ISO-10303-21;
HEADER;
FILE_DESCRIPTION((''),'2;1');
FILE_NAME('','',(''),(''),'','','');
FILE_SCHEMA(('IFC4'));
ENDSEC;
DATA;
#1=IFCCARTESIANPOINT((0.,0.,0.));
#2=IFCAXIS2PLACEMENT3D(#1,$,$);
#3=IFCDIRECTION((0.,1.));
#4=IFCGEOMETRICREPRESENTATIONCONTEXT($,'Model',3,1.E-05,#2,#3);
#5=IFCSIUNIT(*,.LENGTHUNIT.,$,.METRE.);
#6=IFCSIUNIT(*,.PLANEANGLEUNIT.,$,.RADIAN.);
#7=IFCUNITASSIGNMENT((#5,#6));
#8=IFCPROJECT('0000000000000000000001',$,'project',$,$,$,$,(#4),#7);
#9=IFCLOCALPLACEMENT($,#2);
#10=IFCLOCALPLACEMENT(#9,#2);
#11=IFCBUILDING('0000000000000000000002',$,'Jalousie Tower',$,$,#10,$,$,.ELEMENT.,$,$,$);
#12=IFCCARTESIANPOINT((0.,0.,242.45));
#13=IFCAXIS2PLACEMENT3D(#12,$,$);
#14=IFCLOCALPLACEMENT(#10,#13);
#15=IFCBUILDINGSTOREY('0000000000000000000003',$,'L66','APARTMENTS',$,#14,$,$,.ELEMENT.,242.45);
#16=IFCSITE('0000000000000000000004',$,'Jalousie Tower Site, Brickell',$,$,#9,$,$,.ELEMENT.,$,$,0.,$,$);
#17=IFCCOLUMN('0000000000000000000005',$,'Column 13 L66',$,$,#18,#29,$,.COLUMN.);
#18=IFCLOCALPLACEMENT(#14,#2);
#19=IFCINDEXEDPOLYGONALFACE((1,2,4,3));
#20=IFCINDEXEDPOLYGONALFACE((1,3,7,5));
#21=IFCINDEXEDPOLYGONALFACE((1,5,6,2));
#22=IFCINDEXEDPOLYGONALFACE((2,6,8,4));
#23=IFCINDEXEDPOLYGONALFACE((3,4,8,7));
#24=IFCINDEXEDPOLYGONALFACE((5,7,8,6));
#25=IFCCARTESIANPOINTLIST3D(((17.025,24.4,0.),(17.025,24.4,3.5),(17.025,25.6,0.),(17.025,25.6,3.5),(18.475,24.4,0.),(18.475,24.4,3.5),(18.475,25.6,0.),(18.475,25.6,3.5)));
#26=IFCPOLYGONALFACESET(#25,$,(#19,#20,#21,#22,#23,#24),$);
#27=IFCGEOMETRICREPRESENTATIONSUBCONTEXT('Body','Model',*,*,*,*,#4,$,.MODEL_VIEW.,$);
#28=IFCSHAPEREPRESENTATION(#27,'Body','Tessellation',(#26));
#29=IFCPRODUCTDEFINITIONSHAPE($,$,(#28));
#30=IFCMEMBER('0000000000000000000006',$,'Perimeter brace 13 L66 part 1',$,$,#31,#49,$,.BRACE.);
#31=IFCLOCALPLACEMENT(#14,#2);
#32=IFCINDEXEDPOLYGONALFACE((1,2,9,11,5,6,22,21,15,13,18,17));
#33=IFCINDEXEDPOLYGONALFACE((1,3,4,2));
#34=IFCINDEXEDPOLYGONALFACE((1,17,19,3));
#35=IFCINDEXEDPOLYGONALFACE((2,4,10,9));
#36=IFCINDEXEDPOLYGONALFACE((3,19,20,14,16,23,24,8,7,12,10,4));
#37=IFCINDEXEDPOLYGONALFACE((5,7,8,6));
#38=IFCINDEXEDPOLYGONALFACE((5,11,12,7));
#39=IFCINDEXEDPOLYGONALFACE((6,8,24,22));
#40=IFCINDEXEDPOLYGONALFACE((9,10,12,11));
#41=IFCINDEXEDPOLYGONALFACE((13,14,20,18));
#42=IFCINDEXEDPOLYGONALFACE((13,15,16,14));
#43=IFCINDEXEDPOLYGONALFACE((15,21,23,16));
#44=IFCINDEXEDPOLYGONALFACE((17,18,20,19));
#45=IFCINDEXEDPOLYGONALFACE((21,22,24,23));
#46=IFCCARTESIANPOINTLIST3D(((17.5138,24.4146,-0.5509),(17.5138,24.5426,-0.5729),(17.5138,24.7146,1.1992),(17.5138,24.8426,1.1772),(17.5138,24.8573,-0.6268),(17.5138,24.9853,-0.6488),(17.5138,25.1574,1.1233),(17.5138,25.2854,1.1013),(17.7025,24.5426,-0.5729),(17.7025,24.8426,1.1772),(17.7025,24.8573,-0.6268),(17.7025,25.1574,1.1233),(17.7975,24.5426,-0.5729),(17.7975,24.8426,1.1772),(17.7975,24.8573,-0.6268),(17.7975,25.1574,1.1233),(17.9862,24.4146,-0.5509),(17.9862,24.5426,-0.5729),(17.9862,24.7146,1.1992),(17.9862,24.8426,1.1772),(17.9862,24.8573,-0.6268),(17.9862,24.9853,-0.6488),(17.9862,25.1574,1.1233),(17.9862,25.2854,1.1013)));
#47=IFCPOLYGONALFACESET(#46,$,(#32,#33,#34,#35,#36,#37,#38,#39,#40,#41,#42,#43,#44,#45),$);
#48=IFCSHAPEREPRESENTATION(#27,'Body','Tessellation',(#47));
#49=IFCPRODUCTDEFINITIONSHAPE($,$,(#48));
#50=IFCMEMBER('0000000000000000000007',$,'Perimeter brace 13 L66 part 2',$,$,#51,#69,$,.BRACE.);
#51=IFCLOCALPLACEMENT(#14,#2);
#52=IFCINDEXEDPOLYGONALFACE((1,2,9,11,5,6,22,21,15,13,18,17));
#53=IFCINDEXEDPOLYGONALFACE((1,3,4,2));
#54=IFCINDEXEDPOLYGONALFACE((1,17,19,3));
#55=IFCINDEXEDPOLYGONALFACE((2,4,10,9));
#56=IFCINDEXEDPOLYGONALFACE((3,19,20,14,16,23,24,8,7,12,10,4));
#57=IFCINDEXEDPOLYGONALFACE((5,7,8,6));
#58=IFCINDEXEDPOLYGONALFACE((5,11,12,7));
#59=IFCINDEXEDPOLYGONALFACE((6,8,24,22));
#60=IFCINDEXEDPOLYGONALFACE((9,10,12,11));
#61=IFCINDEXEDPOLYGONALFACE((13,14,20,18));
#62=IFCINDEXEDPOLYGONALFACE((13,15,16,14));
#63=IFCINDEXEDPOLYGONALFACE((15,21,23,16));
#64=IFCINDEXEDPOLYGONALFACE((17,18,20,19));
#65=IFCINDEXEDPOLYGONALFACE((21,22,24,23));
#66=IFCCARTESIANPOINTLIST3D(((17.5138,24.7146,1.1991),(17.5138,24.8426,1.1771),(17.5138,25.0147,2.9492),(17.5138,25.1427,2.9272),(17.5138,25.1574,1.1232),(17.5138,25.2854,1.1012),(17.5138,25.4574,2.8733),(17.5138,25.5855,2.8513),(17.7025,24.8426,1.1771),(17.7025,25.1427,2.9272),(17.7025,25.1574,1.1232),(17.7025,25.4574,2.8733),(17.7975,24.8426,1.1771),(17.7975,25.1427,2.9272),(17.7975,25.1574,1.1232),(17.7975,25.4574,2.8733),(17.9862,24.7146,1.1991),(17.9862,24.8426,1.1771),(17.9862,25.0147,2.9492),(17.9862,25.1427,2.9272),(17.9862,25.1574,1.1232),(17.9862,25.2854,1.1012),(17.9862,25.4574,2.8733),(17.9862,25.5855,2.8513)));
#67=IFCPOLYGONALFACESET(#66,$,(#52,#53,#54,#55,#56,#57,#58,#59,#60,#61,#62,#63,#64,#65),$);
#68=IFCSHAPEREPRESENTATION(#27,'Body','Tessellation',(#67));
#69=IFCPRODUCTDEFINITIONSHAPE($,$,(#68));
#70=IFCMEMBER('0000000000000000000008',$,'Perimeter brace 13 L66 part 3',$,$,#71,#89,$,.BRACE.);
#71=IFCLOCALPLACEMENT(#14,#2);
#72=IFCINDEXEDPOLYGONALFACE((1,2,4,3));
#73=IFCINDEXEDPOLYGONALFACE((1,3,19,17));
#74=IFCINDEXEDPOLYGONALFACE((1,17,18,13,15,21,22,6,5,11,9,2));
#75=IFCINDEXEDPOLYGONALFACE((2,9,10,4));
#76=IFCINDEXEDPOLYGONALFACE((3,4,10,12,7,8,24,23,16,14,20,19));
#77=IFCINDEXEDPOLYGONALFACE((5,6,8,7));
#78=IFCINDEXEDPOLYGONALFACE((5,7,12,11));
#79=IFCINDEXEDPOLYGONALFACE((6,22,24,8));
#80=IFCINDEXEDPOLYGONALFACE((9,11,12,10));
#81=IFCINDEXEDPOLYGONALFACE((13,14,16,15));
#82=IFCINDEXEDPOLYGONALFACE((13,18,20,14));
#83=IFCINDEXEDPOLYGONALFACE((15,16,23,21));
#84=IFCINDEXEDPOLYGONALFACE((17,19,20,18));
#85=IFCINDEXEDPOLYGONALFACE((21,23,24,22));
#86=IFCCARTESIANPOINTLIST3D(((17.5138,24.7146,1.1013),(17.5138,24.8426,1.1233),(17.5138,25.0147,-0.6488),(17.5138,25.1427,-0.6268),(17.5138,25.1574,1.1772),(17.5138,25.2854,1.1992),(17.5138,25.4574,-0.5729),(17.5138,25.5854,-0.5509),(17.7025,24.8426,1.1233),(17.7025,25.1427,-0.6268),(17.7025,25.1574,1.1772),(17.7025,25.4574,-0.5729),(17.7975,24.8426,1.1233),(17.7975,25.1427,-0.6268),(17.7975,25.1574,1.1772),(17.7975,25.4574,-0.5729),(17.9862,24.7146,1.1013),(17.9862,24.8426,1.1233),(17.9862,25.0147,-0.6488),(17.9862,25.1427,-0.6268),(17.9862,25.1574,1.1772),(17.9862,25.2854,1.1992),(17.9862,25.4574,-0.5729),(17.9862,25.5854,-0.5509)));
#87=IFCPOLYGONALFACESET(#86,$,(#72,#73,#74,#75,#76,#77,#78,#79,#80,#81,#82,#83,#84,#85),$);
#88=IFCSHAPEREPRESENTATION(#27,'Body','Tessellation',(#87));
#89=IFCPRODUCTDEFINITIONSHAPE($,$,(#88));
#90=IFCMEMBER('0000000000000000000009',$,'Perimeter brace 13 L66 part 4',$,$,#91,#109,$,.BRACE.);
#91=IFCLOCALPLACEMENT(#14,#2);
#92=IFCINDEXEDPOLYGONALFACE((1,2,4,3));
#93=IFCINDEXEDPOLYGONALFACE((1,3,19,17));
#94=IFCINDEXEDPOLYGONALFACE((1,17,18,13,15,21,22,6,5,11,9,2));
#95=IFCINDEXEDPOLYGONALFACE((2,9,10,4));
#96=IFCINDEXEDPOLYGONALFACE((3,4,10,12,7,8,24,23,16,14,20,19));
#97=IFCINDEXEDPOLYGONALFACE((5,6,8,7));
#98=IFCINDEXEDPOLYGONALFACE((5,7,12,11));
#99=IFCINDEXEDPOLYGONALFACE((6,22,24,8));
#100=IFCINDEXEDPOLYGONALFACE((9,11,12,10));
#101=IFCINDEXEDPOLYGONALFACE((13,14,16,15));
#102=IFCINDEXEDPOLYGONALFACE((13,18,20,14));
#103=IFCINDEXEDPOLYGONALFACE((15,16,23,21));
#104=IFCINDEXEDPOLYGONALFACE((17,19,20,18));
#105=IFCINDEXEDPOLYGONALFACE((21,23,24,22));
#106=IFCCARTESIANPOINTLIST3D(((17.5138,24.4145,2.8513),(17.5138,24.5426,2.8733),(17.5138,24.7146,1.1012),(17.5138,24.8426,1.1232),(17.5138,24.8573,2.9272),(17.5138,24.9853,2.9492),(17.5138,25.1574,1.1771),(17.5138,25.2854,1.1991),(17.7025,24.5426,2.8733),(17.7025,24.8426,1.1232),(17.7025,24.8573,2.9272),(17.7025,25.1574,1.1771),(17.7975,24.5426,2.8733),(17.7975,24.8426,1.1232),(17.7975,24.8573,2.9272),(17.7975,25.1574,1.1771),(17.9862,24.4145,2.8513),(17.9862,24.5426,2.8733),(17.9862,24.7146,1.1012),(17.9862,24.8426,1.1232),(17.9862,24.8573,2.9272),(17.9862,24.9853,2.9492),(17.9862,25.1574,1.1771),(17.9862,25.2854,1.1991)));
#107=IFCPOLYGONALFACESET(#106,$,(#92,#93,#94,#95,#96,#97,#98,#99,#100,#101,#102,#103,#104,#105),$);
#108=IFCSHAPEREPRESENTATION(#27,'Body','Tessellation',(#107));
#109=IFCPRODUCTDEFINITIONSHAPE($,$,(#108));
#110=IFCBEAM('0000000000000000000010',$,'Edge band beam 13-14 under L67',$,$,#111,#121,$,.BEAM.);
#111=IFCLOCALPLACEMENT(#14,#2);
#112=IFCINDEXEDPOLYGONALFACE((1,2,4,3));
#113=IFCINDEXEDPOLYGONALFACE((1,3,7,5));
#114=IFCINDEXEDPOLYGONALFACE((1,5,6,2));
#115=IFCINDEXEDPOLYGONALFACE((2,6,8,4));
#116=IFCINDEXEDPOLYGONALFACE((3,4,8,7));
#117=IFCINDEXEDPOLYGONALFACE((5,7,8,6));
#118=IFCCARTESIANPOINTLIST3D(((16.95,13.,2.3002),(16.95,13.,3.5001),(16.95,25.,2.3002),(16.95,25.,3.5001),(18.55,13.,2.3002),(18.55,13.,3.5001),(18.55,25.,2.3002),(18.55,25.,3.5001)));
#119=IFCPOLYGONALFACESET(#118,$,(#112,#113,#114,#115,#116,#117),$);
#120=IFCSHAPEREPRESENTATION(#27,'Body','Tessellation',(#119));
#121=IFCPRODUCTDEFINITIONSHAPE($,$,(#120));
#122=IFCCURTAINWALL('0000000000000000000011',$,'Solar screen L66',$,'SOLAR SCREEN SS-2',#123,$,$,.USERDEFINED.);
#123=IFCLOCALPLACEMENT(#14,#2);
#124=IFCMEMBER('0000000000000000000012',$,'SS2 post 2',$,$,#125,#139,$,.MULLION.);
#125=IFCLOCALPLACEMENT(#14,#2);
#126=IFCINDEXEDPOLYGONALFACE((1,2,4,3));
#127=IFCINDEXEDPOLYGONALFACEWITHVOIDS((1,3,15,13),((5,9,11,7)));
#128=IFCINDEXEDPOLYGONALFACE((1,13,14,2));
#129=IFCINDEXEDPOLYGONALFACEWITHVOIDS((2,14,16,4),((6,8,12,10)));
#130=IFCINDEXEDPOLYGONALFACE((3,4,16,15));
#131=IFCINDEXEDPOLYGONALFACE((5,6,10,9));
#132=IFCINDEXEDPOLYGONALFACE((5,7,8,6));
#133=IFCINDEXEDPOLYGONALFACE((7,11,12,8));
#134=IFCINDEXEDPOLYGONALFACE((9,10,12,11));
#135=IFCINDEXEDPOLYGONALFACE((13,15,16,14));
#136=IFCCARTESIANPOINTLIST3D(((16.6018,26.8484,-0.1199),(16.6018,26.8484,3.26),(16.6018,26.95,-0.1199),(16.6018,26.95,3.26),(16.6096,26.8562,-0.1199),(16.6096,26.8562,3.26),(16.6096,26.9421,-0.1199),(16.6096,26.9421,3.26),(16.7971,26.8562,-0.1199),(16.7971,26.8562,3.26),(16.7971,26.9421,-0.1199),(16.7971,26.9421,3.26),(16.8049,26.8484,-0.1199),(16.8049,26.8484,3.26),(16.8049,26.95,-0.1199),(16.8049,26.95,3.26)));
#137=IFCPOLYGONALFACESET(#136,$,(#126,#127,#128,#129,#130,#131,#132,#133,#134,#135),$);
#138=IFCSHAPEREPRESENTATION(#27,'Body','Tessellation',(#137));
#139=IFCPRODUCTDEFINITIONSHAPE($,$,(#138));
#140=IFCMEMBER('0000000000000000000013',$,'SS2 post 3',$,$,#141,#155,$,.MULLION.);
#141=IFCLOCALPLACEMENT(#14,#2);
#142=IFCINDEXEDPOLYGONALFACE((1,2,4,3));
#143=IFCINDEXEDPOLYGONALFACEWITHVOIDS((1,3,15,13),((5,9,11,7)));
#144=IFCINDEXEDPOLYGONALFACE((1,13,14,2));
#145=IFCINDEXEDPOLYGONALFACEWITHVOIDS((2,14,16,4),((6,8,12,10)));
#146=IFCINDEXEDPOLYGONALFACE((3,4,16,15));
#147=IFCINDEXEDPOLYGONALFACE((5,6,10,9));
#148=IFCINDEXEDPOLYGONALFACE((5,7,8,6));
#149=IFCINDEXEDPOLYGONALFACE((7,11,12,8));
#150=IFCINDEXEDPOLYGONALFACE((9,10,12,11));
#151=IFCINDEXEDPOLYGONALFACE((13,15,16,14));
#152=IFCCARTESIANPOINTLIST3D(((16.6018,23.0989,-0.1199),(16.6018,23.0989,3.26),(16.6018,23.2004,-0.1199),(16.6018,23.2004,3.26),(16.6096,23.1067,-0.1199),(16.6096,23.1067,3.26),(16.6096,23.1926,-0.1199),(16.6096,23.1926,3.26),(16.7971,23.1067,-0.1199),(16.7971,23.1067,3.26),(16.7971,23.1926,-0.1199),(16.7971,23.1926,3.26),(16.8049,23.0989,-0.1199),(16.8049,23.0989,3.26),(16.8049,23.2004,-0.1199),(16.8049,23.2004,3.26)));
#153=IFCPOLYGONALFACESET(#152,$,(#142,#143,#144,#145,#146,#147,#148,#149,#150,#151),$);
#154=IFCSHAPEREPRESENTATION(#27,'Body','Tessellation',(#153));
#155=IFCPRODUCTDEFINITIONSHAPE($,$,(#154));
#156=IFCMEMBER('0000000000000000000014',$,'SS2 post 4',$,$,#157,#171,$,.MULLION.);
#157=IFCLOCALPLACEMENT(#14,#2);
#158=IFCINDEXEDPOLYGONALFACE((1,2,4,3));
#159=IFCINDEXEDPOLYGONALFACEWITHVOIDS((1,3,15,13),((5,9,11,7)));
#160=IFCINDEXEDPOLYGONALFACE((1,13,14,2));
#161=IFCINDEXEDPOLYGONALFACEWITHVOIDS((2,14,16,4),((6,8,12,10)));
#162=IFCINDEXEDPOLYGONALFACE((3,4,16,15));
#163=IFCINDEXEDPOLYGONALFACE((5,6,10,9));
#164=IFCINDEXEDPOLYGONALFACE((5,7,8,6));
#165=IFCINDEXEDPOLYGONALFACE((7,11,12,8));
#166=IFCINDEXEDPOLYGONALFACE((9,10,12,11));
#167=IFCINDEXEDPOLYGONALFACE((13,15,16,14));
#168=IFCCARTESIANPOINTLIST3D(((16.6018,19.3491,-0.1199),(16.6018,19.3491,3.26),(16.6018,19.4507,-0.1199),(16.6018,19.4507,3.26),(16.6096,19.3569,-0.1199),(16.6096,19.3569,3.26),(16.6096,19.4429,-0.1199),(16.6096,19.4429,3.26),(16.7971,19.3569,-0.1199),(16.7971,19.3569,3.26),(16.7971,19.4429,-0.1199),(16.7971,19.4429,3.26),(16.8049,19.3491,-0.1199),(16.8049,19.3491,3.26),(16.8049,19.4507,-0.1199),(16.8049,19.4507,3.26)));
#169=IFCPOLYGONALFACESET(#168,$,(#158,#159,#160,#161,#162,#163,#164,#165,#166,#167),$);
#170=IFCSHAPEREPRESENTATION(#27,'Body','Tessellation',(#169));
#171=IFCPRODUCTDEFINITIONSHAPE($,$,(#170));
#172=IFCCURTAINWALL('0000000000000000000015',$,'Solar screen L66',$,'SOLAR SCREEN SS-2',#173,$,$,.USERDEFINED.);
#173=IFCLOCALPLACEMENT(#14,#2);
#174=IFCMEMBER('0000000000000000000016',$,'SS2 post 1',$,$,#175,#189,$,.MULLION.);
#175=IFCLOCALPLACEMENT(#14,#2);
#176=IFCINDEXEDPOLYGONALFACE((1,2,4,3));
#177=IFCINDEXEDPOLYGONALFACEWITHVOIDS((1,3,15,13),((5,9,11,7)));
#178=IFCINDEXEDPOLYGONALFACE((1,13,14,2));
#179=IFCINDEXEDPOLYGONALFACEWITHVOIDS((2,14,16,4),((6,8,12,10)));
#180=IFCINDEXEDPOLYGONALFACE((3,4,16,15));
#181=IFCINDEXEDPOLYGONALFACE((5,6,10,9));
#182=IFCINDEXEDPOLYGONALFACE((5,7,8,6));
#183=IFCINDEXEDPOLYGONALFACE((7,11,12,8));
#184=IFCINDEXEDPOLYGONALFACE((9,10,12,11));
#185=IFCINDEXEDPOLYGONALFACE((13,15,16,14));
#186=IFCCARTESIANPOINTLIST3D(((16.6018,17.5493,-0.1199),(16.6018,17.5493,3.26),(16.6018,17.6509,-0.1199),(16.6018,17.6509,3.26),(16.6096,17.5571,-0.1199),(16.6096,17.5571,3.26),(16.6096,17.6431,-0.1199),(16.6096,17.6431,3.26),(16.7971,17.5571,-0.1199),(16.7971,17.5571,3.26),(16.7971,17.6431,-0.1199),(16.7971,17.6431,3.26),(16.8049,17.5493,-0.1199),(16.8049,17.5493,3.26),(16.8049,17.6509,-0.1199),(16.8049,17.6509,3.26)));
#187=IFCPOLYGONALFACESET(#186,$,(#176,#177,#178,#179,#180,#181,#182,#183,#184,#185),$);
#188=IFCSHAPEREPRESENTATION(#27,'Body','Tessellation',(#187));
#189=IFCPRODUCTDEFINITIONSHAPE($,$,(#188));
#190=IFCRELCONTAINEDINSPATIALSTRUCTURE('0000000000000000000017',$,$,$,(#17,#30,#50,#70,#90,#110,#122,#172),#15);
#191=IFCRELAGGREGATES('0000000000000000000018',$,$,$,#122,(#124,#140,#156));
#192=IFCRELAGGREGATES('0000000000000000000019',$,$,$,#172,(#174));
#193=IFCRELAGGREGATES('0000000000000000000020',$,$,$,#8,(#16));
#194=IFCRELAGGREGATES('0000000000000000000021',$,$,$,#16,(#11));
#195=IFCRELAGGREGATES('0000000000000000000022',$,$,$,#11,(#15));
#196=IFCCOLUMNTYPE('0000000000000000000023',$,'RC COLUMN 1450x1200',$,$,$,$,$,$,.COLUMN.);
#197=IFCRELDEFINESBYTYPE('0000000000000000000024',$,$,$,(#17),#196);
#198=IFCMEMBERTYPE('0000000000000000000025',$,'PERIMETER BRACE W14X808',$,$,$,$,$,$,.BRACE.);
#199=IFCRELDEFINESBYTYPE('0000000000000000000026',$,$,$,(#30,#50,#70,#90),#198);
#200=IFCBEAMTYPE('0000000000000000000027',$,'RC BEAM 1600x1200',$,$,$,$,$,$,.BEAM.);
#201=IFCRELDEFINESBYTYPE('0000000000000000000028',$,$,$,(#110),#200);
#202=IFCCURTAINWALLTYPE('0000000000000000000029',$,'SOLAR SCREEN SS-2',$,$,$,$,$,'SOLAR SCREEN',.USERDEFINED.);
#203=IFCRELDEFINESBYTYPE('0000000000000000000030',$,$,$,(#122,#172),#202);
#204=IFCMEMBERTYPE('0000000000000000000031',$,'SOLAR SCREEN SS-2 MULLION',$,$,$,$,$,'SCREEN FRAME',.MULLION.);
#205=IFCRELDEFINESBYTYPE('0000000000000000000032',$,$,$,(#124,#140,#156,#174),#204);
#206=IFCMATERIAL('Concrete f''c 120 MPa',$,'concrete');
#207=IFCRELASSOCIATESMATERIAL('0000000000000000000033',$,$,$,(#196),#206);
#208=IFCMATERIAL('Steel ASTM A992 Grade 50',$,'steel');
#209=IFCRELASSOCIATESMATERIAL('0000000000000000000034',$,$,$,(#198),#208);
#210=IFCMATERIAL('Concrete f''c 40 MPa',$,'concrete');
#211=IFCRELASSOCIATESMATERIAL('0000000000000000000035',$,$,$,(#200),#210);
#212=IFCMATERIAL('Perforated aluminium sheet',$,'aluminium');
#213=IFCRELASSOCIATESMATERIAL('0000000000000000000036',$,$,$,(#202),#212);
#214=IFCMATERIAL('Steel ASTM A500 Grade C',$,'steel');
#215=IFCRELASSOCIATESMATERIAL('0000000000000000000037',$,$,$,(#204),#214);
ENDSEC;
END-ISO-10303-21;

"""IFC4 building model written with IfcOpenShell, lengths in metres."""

from ifc_helpers import new_model, si_unit, direction, frame, origin, origin_2d, place, context, subcontext, project, spatial, rectangle, hollow_rectangle, i_section, extrude, material, material_profile, profile_set, type_object, element, aggregate, save


model = new_model("IFC4")

# Units and contexts
model_context = context("Model", 3, precision=1e-05, world=origin(), true_north=direction((0.0, 1.0)))
body_context = subcontext(model_context, "Body", "Model", "MODEL_VIEW")
ifc_project = project(units=[si_unit("LENGTHUNIT", "METRE"), si_unit("PLANEANGLEUNIT", "RADIAN")], contexts=[model_context])

# Site, building, storey
site_placement = place(None, origin())
site = spatial("IfcSite", under=ifc_project, at=site_placement, Name="Jalousie Tower Site, Brickell", CompositionType="ELEMENT", RefElevation=0.0)
building_placement = place(site_placement, origin())
building = spatial("IfcBuilding", under=site, at=building_placement, Name="Jalousie Tower", CompositionType="ELEMENT")
storey_placement = place(building_placement, frame((0.0, 0.0, 242.45)))
storey = spatial("IfcBuildingStorey", under=building, at=storey_placement, Name="L66", Description="APARTMENTS", CompositionType="ELEMENT", Elevation=242.45)

# Column
ifc_material_1 = material(Name="Concrete f'c 120 MPa", Category="concrete")
ifc_material_profile_1 = material_profile(ifc_material_1, rectangle(XDim=1.45, YDim=1.2, at=origin_2d()), Name="RC 1450x1200")
ifc_profile_set_1 = profile_set([ifc_material_profile_1], Name="Concrete f'c 120 MPa")
column_type = type_object("IfcColumnType", Name="RC COLUMN 1450x1200", PredefinedType="COLUMN", material=ifc_profile_set_1)
column_placement = place(storey_placement, frame((17.75, 25.0, 0.0), z_axis=(0.0, 0.0, 1.0), x_axis=(1.0, 0.0, 0.0)))
element("IfcColumn", 1, at=column_placement, inside=storey, type_object=column_type, Name="Column 13 L66", PredefinedType="COLUMN", context=body_context, shape_type="SweptSolid", body=[
    extrude(rectangle(XDim=1.45, YDim=1.2, at=origin_2d()), origin(), (0.0, 0.0, 1.0), 3.5),
])

# Members
ifc_material_2 = material(Name="Steel ASTM A992 Grade 50", Category="steel")
ifc_material_profile_2 = material_profile(ifc_material_2, i_section(OverallWidth=0.4724, OverallDepth=0.5791, WebThickness=0.095, FlangeThickness=0.1299, at=origin_2d()), Name="W14X808")
ifc_profile_set_2 = profile_set([ifc_material_profile_2], Name="Steel ASTM A992 Grade 50")
member_type_1 = type_object("IfcMemberType", Name="PERIMETER BRACE W14X808", PredefinedType="BRACE", material=ifc_profile_set_2)
for number, where, z_axis, x_axis, name in (
    (2, (17.75, 24.7, -0.5999), (0.0, 0.168991, 0.985618), (-1.0, 0.0, 0.0), "Perimeter brace 13 L66 part 1"),
    (3, (17.75, 25.0, 1.1501), (0.0, 0.168991, 0.985618), (-1.0, 0.0, 0.0), "Perimeter brace 13 L66 part 2"),
    (4, (17.75, 25.3, -0.5999), (0.0, -0.168991, 0.985618), (1.0, 0.0, 0.0), "Perimeter brace 13 L66 part 3"),
    (5, (17.75, 25.0, 1.1501), (0.0, -0.168991, 0.985618), (1.0, 0.0, 0.0), "Perimeter brace 13 L66 part 4"),
):
    element("IfcMember", number, at=place(storey_placement, frame(where, z_axis=z_axis, x_axis=x_axis)), inside=storey, type_object=member_type_1, Name=name, PredefinedType="BRACE", context=body_context, shape_type="SweptSolid", body=[
        extrude(i_section(OverallWidth=0.4724, OverallDepth=0.5791, WebThickness=0.095, FlangeThickness=0.1299, at=origin_2d()), origin(), (0.0, 0.0, 1.0), 1.7756),
    ])

# Beam
ifc_material_3 = material(Name="Concrete f'c 40 MPa", Category="concrete")
ifc_material_profile_3 = material_profile(ifc_material_3, rectangle(XDim=1.6001, YDim=1.2, at=origin_2d()), Name="RC 1600x1200")
ifc_profile_set_3 = profile_set([ifc_material_profile_3], Name="Concrete f'c 40 MPa")
beam_type = type_object("IfcBeamType", Name="RC BEAM 1600x1200", PredefinedType="BEAM", material=ifc_profile_set_3)
beam_placement = place(storey_placement, frame((17.75, 25.0, 2.9001), z_axis=(0.0, -1.0, 0.0), x_axis=(1.0, 0.0, 0.0)))
element("IfcBeam", 6, at=beam_placement, inside=storey, type_object=beam_type, Name="Edge band beam 13-14 under L67", PredefinedType="BEAM", context=body_context, shape_type="SweptSolid", body=[
    extrude(rectangle(XDim=1.6001, YDim=1.2, at=origin_2d()), origin(), (0.0, 0.0, 1.0), 12.0),
])

# Curtain walls, members
ifc_material_4 = material(Name="Perforated aluminium sheet", Category="aluminium")
curtain_wall_type = type_object("IfcCurtainWallType", Name="SOLAR SCREEN SS-2", ElementType="SOLAR SCREEN", PredefinedType="USERDEFINED", material=ifc_material_4)
curtain_wall_1_placement = place(storey_placement, origin())
curtain_wall_1 = element("IfcCurtainWall", 7, at=curtain_wall_1_placement, inside=storey, type_object=curtain_wall_type, Name="Solar screen L66", ObjectType="SOLAR SCREEN SS-2", PredefinedType="USERDEFINED")
ifc_material_5 = material(Name="Steel ASTM A500 Grade C", Category="steel")
ifc_material_profile_4 = material_profile(ifc_material_5, hollow_rectangle(XDim=0.1016, YDim=0.2031, WallThickness=0.0078, at=origin_2d()), Name="HSS8X4X5/16")
ifc_profile_set_4 = profile_set([ifc_material_profile_4], Name="Steel ASTM A500 Grade C")
member_type_2 = type_object("IfcMemberType", Name="SOLAR SCREEN SS-2 MULLION", ElementType="SCREEN FRAME", PredefinedType="MULLION", material=ifc_profile_set_4)
member_1_placement = place(storey_placement, frame((16.7034, 26.8992, -0.1199), z_axis=(0.0, 0.0, 1.0), x_axis=(0.0, -1.0, 0.0)))
member_1 = element("IfcMember", 8, at=member_1_placement, type_object=member_type_2, Name="SS2 post 2", PredefinedType="MULLION", context=body_context, shape_type="SweptSolid", body=[
    extrude(hollow_rectangle(XDim=0.1016, YDim=0.2031, WallThickness=0.0078, at=origin_2d()), origin(), (0.0, 0.0, 1.0), 3.3799),
])
member_2_placement = place(storey_placement, frame((16.7034, 23.1497, -0.1199), z_axis=(0.0, 0.0, 1.0), x_axis=(0.0, -1.0, 0.0)))
member_2 = element("IfcMember", 9, at=member_2_placement, type_object=member_type_2, Name="SS2 post 3", PredefinedType="MULLION", context=body_context, shape_type="SweptSolid", body=[
    extrude(hollow_rectangle(XDim=0.1016, YDim=0.2031, WallThickness=0.0078, at=origin_2d()), origin(), (0.0, 0.0, 1.0), 3.3799),
])
member_3_placement = place(storey_placement, frame((16.7034, 19.3999, -0.1199), z_axis=(0.0, 0.0, 1.0), x_axis=(0.0, -1.0, 0.0)))
member_3 = element("IfcMember", 10, at=member_3_placement, type_object=member_type_2, Name="SS2 post 4", PredefinedType="MULLION", context=body_context, shape_type="SweptSolid", body=[
    extrude(hollow_rectangle(XDim=0.1016, YDim=0.2031, WallThickness=0.0078, at=origin_2d()), origin(), (0.0, 0.0, 1.0), 3.3799),
])
curtain_wall_2_placement = place(storey_placement, origin())
curtain_wall_2 = element("IfcCurtainWall", 11, at=curtain_wall_2_placement, inside=storey, type_object=curtain_wall_type, Name="Solar screen L66", ObjectType="SOLAR SCREEN SS-2", PredefinedType="USERDEFINED")
member_4_placement = place(storey_placement, frame((16.7034, 17.6001, -0.1199), z_axis=(0.0, 0.0, 1.0), x_axis=(0.0, -1.0, 0.0)))
member_4 = element("IfcMember", 12, at=member_4_placement, type_object=member_type_2, Name="SS2 post 1", PredefinedType="MULLION", context=body_context, shape_type="SweptSolid", body=[
    extrude(hollow_rectangle(XDim=0.1016, YDim=0.2031, WallThickness=0.0078, at=origin_2d()), origin(), (0.0, 0.0, 1.0), 3.3799),
])

aggregate(curtain_wall_1, [member_1, member_2, member_3])
aggregate(curtain_wall_2, [member_4])

save(model, "model.ifc")
